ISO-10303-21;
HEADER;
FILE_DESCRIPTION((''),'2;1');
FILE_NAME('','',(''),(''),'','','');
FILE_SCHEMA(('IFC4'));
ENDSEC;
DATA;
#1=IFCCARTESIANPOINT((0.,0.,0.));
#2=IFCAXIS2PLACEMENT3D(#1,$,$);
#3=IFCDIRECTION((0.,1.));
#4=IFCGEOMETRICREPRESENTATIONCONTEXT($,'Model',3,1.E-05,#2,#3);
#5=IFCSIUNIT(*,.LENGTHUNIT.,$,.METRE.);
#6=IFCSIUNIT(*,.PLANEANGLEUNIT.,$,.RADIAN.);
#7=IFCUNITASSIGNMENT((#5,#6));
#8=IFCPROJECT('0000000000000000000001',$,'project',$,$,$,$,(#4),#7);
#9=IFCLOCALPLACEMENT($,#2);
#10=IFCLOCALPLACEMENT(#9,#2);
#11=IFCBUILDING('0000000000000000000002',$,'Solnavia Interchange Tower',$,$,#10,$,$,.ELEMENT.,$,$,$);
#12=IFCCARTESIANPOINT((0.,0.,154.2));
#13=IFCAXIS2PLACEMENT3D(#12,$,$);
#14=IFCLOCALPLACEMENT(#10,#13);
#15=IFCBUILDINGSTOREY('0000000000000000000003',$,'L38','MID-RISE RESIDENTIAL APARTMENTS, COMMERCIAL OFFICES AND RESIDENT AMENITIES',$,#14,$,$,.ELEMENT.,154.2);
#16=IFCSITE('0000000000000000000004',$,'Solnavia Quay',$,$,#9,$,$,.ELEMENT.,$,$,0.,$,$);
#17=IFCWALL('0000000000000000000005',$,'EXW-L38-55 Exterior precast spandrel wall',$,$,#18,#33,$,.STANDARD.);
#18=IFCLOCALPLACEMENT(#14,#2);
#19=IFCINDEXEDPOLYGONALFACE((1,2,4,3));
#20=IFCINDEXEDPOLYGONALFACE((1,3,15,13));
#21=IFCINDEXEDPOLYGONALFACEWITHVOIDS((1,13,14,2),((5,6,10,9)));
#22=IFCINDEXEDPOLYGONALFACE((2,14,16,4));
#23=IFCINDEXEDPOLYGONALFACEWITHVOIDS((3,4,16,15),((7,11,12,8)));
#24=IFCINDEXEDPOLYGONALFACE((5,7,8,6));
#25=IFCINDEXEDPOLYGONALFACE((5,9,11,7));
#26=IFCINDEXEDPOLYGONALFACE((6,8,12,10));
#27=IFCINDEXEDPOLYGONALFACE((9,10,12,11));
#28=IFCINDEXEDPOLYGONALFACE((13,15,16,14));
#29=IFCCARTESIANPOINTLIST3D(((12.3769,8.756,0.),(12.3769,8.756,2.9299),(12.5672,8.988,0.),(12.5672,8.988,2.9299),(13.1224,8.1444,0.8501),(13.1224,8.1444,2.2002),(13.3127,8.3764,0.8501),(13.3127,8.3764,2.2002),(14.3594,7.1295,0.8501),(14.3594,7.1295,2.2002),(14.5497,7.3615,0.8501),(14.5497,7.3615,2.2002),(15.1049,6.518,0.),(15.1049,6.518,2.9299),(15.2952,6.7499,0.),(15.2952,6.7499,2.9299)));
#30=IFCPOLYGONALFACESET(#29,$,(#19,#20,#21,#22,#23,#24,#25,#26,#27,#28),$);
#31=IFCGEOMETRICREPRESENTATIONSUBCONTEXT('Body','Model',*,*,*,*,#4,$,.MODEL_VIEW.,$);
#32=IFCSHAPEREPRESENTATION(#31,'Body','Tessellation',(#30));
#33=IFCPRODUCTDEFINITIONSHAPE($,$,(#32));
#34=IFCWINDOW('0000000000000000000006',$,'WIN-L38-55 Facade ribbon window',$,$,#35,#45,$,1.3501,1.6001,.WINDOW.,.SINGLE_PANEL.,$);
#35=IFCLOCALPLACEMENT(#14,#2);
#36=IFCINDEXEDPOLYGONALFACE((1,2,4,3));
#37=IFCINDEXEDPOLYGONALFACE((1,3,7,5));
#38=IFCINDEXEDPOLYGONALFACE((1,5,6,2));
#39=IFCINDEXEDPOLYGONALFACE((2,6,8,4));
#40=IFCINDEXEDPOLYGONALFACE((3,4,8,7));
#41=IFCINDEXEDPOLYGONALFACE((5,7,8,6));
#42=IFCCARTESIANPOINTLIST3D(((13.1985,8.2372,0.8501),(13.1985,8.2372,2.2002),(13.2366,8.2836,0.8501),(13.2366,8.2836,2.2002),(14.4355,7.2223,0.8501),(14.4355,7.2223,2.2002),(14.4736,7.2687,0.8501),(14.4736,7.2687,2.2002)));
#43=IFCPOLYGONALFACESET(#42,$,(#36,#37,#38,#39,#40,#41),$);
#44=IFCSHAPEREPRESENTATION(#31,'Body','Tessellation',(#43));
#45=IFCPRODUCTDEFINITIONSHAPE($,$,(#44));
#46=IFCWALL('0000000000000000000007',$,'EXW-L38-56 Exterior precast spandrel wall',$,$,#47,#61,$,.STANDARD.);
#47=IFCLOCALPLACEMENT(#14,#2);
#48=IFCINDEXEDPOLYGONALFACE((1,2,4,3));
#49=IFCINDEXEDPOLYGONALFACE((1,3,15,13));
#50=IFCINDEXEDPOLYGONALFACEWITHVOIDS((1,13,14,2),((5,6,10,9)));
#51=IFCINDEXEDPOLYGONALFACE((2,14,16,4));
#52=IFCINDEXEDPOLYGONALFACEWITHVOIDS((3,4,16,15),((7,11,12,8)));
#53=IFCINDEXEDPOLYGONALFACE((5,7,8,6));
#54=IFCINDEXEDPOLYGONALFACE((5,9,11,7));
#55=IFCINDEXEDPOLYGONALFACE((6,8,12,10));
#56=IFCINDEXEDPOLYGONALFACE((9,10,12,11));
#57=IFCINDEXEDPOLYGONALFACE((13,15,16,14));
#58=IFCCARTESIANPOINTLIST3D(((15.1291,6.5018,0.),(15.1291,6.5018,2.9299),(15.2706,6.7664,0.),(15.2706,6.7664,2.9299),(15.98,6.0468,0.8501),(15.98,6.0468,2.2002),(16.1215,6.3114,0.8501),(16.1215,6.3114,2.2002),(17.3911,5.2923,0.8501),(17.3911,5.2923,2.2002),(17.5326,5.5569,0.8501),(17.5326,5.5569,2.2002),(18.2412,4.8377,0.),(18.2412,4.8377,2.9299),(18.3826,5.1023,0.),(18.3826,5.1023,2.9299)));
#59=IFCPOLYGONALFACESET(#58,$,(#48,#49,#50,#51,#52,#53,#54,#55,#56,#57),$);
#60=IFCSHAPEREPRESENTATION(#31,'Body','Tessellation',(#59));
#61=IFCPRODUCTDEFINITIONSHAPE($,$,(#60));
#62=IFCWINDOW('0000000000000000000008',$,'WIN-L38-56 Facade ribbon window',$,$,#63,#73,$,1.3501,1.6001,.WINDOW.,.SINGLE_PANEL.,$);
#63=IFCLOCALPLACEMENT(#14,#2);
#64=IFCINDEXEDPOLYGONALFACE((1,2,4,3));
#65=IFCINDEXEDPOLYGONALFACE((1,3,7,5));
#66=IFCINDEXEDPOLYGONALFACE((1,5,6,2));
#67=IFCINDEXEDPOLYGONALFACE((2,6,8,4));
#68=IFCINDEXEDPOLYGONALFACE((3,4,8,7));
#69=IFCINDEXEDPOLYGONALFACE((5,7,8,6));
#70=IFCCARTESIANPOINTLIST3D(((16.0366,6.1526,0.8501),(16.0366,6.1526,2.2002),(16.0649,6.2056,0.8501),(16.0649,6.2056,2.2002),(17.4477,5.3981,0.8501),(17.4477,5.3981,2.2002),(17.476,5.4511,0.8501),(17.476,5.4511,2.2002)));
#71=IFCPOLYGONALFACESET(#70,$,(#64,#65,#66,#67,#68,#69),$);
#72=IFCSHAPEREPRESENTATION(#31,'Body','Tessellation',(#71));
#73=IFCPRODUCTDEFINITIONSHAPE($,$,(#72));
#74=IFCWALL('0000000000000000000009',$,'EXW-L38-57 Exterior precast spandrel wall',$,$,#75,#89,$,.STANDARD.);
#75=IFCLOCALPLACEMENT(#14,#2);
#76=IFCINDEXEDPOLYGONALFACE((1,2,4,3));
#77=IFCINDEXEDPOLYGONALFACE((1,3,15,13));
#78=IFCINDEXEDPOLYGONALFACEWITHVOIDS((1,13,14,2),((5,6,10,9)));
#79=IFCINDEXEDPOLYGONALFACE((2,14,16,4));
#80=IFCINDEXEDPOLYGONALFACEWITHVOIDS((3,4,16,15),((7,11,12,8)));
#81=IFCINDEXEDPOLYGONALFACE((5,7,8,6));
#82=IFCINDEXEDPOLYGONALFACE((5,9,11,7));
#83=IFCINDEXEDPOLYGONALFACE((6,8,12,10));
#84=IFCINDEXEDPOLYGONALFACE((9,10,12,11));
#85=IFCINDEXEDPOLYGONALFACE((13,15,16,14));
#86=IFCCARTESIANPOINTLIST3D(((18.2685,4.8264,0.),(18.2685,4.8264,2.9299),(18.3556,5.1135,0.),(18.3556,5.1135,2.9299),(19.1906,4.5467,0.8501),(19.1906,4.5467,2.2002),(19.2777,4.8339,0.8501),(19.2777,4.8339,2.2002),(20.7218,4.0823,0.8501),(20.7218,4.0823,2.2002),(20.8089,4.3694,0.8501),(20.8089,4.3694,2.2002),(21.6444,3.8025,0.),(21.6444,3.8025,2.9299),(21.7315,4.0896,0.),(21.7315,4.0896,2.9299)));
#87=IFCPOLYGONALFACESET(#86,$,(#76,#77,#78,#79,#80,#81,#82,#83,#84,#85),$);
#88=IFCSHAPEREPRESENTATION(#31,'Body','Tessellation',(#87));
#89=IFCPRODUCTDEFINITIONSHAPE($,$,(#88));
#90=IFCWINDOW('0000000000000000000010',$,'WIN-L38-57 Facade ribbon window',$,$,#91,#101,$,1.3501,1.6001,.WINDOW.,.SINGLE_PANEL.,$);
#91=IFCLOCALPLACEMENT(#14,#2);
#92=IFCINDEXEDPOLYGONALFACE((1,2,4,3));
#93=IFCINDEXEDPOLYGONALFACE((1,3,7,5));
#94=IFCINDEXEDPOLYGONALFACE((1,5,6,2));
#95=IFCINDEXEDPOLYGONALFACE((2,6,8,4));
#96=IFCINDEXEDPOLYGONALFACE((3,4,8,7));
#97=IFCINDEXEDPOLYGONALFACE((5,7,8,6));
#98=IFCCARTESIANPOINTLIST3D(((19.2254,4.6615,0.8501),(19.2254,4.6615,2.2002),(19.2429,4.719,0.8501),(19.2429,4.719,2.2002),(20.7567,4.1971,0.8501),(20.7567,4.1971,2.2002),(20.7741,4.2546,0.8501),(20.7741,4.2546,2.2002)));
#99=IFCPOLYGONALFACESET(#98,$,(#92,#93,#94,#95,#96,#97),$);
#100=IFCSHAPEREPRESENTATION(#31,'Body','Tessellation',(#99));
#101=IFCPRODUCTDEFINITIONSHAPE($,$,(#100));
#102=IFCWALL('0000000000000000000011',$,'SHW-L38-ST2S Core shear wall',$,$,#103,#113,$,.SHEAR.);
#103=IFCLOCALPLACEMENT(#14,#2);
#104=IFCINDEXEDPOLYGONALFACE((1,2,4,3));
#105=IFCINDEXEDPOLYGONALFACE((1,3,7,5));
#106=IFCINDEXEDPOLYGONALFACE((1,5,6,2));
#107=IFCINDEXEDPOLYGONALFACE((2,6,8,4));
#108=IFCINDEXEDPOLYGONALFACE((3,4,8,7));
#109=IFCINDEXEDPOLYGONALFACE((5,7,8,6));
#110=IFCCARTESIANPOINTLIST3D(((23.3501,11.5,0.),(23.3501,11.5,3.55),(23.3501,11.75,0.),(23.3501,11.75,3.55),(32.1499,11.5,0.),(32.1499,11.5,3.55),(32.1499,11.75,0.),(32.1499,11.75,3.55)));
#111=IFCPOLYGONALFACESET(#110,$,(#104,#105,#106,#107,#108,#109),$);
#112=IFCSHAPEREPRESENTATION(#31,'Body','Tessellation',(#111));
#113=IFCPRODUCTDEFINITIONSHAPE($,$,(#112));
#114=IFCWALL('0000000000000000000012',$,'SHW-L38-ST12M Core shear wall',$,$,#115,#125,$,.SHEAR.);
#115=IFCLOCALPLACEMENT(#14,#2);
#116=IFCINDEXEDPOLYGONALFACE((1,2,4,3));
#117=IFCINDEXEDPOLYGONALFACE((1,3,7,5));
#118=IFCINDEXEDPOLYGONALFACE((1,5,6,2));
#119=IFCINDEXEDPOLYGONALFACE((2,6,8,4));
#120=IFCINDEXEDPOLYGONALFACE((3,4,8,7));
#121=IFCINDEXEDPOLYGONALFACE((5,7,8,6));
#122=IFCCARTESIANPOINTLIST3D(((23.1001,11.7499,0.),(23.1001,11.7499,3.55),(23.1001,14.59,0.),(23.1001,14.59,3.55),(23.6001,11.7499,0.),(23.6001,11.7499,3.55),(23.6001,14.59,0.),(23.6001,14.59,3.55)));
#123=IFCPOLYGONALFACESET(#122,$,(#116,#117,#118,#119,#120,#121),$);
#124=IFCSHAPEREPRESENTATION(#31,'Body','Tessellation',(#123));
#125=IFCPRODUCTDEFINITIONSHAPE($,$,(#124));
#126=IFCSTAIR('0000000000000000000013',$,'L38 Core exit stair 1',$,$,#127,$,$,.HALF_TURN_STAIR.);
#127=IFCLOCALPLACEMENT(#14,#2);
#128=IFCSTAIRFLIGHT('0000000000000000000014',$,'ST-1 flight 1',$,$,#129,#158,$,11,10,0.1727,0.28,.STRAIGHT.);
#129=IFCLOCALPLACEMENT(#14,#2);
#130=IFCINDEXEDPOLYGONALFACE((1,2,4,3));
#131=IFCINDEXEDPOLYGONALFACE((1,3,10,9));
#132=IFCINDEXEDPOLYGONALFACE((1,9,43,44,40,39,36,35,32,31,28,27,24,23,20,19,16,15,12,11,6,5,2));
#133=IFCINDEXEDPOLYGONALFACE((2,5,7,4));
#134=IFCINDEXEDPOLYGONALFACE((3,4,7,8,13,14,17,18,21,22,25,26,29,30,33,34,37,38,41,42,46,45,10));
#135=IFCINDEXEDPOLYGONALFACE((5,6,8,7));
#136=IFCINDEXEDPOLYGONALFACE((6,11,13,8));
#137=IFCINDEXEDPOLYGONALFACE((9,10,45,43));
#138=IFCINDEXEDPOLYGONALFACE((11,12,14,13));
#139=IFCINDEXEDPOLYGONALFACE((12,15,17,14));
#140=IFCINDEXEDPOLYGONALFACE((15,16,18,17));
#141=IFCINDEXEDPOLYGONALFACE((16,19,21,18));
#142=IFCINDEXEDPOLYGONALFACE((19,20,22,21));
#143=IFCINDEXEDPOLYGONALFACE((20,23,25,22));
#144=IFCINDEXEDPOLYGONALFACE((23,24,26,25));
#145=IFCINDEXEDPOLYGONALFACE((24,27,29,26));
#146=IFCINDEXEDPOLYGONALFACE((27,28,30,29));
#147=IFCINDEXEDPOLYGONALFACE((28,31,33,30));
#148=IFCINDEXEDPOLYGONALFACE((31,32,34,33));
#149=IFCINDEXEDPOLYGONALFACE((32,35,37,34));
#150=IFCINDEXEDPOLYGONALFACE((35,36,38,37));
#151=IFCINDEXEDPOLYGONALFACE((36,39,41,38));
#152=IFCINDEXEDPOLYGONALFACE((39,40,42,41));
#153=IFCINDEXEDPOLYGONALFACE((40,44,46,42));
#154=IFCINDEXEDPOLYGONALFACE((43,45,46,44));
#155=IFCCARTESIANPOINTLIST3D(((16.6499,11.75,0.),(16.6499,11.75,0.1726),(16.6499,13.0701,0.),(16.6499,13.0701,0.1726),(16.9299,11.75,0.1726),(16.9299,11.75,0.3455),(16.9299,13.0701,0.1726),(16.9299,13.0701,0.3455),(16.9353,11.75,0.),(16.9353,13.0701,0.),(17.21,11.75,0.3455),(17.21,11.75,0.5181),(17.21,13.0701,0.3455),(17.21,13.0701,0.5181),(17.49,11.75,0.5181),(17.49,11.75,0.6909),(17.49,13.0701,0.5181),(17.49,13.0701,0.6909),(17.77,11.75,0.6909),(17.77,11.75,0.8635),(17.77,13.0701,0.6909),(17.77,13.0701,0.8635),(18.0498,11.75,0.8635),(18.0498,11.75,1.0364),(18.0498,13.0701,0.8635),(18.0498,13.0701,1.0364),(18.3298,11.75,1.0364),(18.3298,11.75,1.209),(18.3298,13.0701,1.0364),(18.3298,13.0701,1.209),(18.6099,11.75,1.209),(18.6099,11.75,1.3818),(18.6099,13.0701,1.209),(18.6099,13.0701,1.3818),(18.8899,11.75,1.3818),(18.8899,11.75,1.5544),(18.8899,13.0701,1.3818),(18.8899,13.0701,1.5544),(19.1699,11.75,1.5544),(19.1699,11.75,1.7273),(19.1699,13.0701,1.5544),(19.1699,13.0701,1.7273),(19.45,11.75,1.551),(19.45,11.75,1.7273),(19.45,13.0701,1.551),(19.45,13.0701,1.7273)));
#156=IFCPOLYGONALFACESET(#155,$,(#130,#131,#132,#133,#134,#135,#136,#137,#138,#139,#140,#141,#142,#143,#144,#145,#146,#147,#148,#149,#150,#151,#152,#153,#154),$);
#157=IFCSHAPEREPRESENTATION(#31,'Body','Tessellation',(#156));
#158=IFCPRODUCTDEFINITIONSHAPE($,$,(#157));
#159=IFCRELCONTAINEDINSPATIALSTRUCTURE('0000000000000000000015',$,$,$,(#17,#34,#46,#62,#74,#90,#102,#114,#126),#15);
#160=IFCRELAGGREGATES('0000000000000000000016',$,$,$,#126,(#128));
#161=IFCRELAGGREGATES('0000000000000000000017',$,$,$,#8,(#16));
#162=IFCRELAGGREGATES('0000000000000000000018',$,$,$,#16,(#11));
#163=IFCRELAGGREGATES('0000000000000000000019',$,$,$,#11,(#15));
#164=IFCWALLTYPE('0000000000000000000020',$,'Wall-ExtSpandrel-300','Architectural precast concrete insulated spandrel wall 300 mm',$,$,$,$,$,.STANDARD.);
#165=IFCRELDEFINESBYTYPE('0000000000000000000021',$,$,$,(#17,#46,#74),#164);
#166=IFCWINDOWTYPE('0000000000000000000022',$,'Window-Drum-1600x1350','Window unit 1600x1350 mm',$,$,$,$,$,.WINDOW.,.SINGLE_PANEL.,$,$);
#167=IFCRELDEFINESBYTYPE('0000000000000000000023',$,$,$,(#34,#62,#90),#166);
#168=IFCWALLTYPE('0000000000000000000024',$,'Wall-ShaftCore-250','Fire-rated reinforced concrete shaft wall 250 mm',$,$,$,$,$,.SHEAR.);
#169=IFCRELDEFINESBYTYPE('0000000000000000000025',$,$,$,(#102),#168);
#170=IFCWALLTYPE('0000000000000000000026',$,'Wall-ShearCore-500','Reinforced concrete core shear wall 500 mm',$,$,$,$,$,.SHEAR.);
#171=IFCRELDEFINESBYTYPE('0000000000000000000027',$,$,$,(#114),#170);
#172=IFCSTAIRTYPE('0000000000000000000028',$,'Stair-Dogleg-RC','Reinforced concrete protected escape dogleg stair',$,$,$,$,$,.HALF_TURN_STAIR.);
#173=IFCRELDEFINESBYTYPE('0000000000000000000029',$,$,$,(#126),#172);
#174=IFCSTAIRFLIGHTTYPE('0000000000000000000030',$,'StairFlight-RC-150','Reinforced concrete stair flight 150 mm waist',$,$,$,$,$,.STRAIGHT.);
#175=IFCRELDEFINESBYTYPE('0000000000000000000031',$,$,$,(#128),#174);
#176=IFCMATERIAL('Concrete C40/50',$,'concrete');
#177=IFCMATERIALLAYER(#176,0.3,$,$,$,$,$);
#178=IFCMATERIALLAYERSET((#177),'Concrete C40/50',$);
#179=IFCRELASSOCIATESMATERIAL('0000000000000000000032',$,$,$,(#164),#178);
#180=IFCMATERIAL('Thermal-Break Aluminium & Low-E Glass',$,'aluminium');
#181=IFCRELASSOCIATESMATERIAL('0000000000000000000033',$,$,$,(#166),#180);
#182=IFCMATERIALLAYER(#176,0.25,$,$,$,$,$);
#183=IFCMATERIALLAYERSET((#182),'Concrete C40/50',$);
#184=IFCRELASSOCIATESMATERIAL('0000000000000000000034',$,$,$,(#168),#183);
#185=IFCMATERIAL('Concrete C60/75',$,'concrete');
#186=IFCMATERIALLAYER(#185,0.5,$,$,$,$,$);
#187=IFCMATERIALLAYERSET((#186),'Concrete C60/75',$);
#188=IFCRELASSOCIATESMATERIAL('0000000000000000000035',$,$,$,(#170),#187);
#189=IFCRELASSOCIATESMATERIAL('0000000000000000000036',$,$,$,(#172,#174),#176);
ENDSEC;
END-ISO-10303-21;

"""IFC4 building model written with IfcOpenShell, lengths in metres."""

from ifc_helpers import new_model, si_unit, direction, frame, frame_2d, origin, place, context, subcontext, project, spatial, polyline, rectangle, outline, extrude, material, layer, layer_set, type_object, element, fill, aggregate, save


model = new_model("IFC4")

# Units and contexts
model_context = context("Model", 3, precision=1e-05, world=origin(), true_north=direction((0.0, 1.0)))
body_context = subcontext(model_context, "Body", "Model", "MODEL_VIEW")
ifc_project = project(units=[si_unit("LENGTHUNIT", "METRE"), si_unit("PLANEANGLEUNIT", "RADIAN")], contexts=[model_context])

# Site, building, storey
site_placement = place(None, origin())
site = spatial("IfcSite", under=ifc_project, at=site_placement, Name="Solnavia Quay", CompositionType="ELEMENT", RefElevation=0.0)
building_placement = place(site_placement, origin())
building = spatial("IfcBuilding", under=site, at=building_placement, Name="Solnavia Interchange Tower", CompositionType="ELEMENT")
storey_placement = place(building_placement, frame((0.0, 0.0, 154.2)))
storey = spatial("IfcBuildingStorey", under=building, at=storey_placement, Name="L38", Description="MID-RISE RESIDENTIAL APARTMENTS, COMMERCIAL OFFICES AND RESIDENT AMENITIES", CompositionType="ELEMENT", Elevation=154.2)

# Walls, openings, windows
ifc_material_1 = material(Name="Concrete C40/50", Category="concrete")
ifc_layer_1 = layer(ifc_material_1, 0.3)
ifc_layer_set_1 = layer_set([ifc_layer_1], Name="Concrete C40/50")
wall_type_1 = type_object("IfcWallType", Name="Wall-ExtSpandrel-300", Description="Architectural precast concrete insulated spandrel wall 300 mm", PredefinedType="STANDARD", material=ifc_layer_set_1)
wall_1_placement = place(storey_placement, frame((15.2, 6.634, 0.0), z_axis=(0.0, 0.0, 1.0), x_axis=(-0.773121, 0.634258, 0.0)))
wall_1 = element("IfcWall", 1, at=wall_1_placement, inside=storey, type_object=wall_type_1, Name="EXW-L38-55 Exterior precast spandrel wall", PredefinedType="STANDARD", context=body_context, shape_type="SweptSolid", body=[
    extrude(rectangle(XDim=3.5286, YDim=0.3, at=frame_2d((1.7642, 0.0))), origin(), (0.0, 0.0, 1.0), 2.9299),
])
opening_1_placement = place(wall_1_placement, frame((0.9641, 0.0, 0.8501)))
opening_1 = element("IfcOpeningElement", 2, at=opening_1_placement, cuts=wall_1, PredefinedType="OPENING", context=body_context, shape_type="SweptSolid", body=[
    extrude(rectangle(XDim=1.6001, YDim=1.3501, at=frame_2d((0.8, 0.675))), frame((0.0, 0.1602, 0.0), z_axis=(0.0, -1.0, 0.0), x_axis=(1.0, 0.0, 0.0)), (0.0, 0.0, 1.0), 0.3201),
])
ifc_material_2 = material(Name="Thermal-Break Aluminium & Low-E Glass", Category="aluminium")
window_type = type_object("IfcWindowType", Name="Window-Drum-1600x1350", Description="Window unit 1600x1350 mm", PartitioningType="SINGLE_PANEL", PredefinedType="WINDOW", material=ifc_material_2)
window_1_placement = place(opening_1_placement, origin())
window_1 = element("IfcWindow", 3, at=window_1_placement, inside=storey, type_object=window_type, Name="WIN-L38-55 Facade ribbon window", OverallHeight=1.3501, OverallWidth=1.6001, PartitioningType="SINGLE_PANEL", PredefinedType="WINDOW", context=body_context, shape_type="SweptSolid", body=[
    extrude(rectangle(XDim=1.6001, YDim=1.3501, at=frame_2d((0.8, 0.675))), frame((0.0, 0.03, 0.0), z_axis=(0.0, -1.0, 0.0), x_axis=(1.0, 0.0, 0.0)), (0.0, 0.0, 1.0), 0.0601),
])
fill(opening_1, window_1)
wall_2_placement = place(storey_placement, frame((18.312, 4.97, 0.0), z_axis=(0.0, 0.0, 1.0), x_axis=(-0.881847, 0.471536, 0.0)))
wall_2 = element("IfcWall", 4, at=wall_2_placement, inside=storey, type_object=wall_type_1, Name="EXW-L38-56 Exterior precast spandrel wall", PredefinedType="STANDARD", context=body_context, shape_type="SweptSolid", body=[
    extrude(rectangle(XDim=3.5291, YDim=0.3, at=frame_2d((1.7646, 0.0))), origin(), (0.0, 0.0, 1.0), 2.9299),
])
opening_2_placement = place(wall_2_placement, frame((0.9641, 0.0, 0.8501)))
opening_2 = element("IfcOpeningElement", 5, at=opening_2_placement, cuts=wall_2, PredefinedType="OPENING", context=body_context, shape_type="SweptSolid", body=[
    extrude(rectangle(XDim=1.6001, YDim=1.3501, at=frame_2d((0.8, 0.675))), frame((0.0, 0.1602, 0.0), z_axis=(0.0, -1.0, 0.0), x_axis=(1.0, 0.0, 0.0)), (0.0, 0.0, 1.0), 0.3201),
])
window_2_placement = place(opening_2_placement, origin())
window_2 = element("IfcWindow", 6, at=window_2_placement, inside=storey, type_object=window_type, Name="WIN-L38-56 Facade ribbon window", OverallHeight=1.3501, OverallWidth=1.6001, PartitioningType="SINGLE_PANEL", PredefinedType="WINDOW", context=body_context, shape_type="SweptSolid", body=[
    extrude(rectangle(XDim=1.6001, YDim=1.3501, at=frame_2d((0.8, 0.675))), frame((0.0, 0.03, 0.0), z_axis=(0.0, -1.0, 0.0), x_axis=(1.0, 0.0, 0.0)), (0.0, 0.0, 1.0), 0.0601),
])
fill(opening_2, window_2)
wall_3_placement = place(storey_placement, frame((21.688, 3.946, 0.0), z_axis=(0.0, 0.0, 1.0), x_axis=(-0.956953, 0.290242, 0.0)))
wall_3 = element("IfcWall", 7, at=wall_3_placement, inside=storey, type_object=wall_type_1, Name="EXW-L38-57 Exterior precast spandrel wall", PredefinedType="STANDARD", context=body_context, shape_type="SweptSolid", body=[
    extrude(rectangle(XDim=3.5278, YDim=0.3, at=frame_2d((1.7639, 0.0))), origin(), (0.0, 0.0, 1.0), 2.9299),
])
opening_3_placement = place(wall_3_placement, frame((0.9641, 0.0, 0.8501)))
opening_3 = element("IfcOpeningElement", 8, at=opening_3_placement, cuts=wall_3, PredefinedType="OPENING", context=body_context, shape_type="SweptSolid", body=[
    extrude(rectangle(XDim=1.6001, YDim=1.3501, at=frame_2d((0.8, 0.675))), frame((0.0, 0.1602, 0.0), z_axis=(0.0, -1.0, 0.0), x_axis=(1.0, 0.0, 0.0)), (0.0, 0.0, 1.0), 0.3201),
])
window_3_placement = place(opening_3_placement, origin())
window_3 = element("IfcWindow", 9, at=window_3_placement, inside=storey, type_object=window_type, Name="WIN-L38-57 Facade ribbon window", OverallHeight=1.3501, OverallWidth=1.6001, PartitioningType="SINGLE_PANEL", PredefinedType="WINDOW", context=body_context, shape_type="SweptSolid", body=[
    extrude(rectangle(XDim=1.6001, YDim=1.3501, at=frame_2d((0.8, 0.675))), frame((0.0, 0.03, 0.0), z_axis=(0.0, -1.0, 0.0), x_axis=(1.0, 0.0, 0.0)), (0.0, 0.0, 1.0), 0.0601),
])
fill(opening_3, window_3)

# Walls
ifc_layer_2 = layer(ifc_material_1, 0.25)
ifc_layer_set_2 = layer_set([ifc_layer_2], Name="Concrete C40/50")
wall_type_2 = type_object("IfcWallType", Name="Wall-ShaftCore-250", Description="Fire-rated reinforced concrete shaft wall 250 mm", PredefinedType="SHEAR", material=ifc_layer_set_2)
wall_4_placement = place(storey_placement, frame((23.3501, 11.625, 0.0), z_axis=(0.0, 0.0, 1.0), x_axis=(1.0, 0.0, 0.0)))
element("IfcWall", 10, at=wall_4_placement, inside=storey, type_object=wall_type_2, Name="SHW-L38-ST2S Core shear wall", PredefinedType="SHEAR", context=body_context, shape_type="SweptSolid", body=[
    extrude(rectangle(XDim=8.7998, YDim=0.25, at=frame_2d((4.3999, 0.0))), origin(), (0.0, 0.0, 1.0), 3.55),
])
ifc_material_3 = material(Name="Concrete C60/75", Category="concrete")
ifc_layer_3 = layer(ifc_material_3, 0.5)
ifc_layer_set_3 = layer_set([ifc_layer_3], Name="Concrete C60/75")
wall_type_3 = type_object("IfcWallType", Name="Wall-ShearCore-500", Description="Reinforced concrete core shear wall 500 mm", PredefinedType="SHEAR", material=ifc_layer_set_3)
wall_5_placement = place(storey_placement, frame((23.3501, 11.75, 0.0), z_axis=(0.0, 0.0, 1.0), x_axis=(0.0, 1.0, 0.0)))
element("IfcWall", 11, at=wall_5_placement, inside=storey, type_object=wall_type_3, Name="SHW-L38-ST12M Core shear wall", PredefinedType="SHEAR", context=body_context, shape_type="SweptSolid", body=[
    extrude(rectangle(XDim=2.8401, YDim=0.5, at=frame_2d((1.4199, 0.0))), origin(), (0.0, 0.0, 1.0), 3.55),
])

# Stair, stair flight
stair_type = type_object("IfcStairType", Name="Stair-Dogleg-RC", Description="Reinforced concrete protected escape dogleg stair", PredefinedType="HALF_TURN_STAIR", material=ifc_material_1)
stair_placement = place(storey_placement, origin())
stair = element("IfcStair", 12, at=stair_placement, inside=storey, type_object=stair_type, Name="L38 Core exit stair 1", PredefinedType="HALF_TURN_STAIR")
stair_flight_type = type_object("IfcStairFlightType", Name="StairFlight-RC-150", Description="Reinforced concrete stair flight 150 mm waist", PredefinedType="STRAIGHT", material=ifc_material_1)
stair_flight_placement = place(storey_placement, frame((16.6499, 12.4099, 0.0), z_axis=(0.0, 0.0, 1.0), x_axis=(1.0, 0.0, 0.0)))
stair_flight = element("IfcStairFlight", 13, at=stair_flight_placement, type_object=stair_flight_type, Name="ST-1 flight 1", NumberOfRisers=11, NumberOfTreads=10, PredefinedType="STRAIGHT", RiserHeight=0.1727, TreadLength=0.28, context=body_context, shape_type="SweptSolid", body=[
    extrude(outline(polyline([(0.0, 0.0), (0.0, 0.1726), (0.28, 0.1726), (0.28, 0.3455), (0.5601, 0.3455), (0.5601, 0.5181), (0.8401, 0.5181), (0.8401, 0.6909), (1.1201, 0.6909), (1.1201, 0.8635), (1.3999, 0.8635), (1.3999, 1.0364), (1.6799, 1.0364), (1.6799, 1.209), (1.96, 1.209), (1.96, 1.3818), (2.24, 1.3818), (2.24, 1.5544), (2.52, 1.5544), (2.52, 1.7273), (2.8, 1.7273), (2.8, 1.8999), (2.8, 1.551), (0.2854, 0.0), (0.0, 0.0)])), frame((0.0, 0.6602, 0.0), z_axis=(0.0, -1.0, 0.0), x_axis=(1.0, 0.0, 0.0)), (0.0, 0.0, 1.0), 1.3201),
])
aggregate(stair, [stair_flight])

save(model, "model.ifc")
